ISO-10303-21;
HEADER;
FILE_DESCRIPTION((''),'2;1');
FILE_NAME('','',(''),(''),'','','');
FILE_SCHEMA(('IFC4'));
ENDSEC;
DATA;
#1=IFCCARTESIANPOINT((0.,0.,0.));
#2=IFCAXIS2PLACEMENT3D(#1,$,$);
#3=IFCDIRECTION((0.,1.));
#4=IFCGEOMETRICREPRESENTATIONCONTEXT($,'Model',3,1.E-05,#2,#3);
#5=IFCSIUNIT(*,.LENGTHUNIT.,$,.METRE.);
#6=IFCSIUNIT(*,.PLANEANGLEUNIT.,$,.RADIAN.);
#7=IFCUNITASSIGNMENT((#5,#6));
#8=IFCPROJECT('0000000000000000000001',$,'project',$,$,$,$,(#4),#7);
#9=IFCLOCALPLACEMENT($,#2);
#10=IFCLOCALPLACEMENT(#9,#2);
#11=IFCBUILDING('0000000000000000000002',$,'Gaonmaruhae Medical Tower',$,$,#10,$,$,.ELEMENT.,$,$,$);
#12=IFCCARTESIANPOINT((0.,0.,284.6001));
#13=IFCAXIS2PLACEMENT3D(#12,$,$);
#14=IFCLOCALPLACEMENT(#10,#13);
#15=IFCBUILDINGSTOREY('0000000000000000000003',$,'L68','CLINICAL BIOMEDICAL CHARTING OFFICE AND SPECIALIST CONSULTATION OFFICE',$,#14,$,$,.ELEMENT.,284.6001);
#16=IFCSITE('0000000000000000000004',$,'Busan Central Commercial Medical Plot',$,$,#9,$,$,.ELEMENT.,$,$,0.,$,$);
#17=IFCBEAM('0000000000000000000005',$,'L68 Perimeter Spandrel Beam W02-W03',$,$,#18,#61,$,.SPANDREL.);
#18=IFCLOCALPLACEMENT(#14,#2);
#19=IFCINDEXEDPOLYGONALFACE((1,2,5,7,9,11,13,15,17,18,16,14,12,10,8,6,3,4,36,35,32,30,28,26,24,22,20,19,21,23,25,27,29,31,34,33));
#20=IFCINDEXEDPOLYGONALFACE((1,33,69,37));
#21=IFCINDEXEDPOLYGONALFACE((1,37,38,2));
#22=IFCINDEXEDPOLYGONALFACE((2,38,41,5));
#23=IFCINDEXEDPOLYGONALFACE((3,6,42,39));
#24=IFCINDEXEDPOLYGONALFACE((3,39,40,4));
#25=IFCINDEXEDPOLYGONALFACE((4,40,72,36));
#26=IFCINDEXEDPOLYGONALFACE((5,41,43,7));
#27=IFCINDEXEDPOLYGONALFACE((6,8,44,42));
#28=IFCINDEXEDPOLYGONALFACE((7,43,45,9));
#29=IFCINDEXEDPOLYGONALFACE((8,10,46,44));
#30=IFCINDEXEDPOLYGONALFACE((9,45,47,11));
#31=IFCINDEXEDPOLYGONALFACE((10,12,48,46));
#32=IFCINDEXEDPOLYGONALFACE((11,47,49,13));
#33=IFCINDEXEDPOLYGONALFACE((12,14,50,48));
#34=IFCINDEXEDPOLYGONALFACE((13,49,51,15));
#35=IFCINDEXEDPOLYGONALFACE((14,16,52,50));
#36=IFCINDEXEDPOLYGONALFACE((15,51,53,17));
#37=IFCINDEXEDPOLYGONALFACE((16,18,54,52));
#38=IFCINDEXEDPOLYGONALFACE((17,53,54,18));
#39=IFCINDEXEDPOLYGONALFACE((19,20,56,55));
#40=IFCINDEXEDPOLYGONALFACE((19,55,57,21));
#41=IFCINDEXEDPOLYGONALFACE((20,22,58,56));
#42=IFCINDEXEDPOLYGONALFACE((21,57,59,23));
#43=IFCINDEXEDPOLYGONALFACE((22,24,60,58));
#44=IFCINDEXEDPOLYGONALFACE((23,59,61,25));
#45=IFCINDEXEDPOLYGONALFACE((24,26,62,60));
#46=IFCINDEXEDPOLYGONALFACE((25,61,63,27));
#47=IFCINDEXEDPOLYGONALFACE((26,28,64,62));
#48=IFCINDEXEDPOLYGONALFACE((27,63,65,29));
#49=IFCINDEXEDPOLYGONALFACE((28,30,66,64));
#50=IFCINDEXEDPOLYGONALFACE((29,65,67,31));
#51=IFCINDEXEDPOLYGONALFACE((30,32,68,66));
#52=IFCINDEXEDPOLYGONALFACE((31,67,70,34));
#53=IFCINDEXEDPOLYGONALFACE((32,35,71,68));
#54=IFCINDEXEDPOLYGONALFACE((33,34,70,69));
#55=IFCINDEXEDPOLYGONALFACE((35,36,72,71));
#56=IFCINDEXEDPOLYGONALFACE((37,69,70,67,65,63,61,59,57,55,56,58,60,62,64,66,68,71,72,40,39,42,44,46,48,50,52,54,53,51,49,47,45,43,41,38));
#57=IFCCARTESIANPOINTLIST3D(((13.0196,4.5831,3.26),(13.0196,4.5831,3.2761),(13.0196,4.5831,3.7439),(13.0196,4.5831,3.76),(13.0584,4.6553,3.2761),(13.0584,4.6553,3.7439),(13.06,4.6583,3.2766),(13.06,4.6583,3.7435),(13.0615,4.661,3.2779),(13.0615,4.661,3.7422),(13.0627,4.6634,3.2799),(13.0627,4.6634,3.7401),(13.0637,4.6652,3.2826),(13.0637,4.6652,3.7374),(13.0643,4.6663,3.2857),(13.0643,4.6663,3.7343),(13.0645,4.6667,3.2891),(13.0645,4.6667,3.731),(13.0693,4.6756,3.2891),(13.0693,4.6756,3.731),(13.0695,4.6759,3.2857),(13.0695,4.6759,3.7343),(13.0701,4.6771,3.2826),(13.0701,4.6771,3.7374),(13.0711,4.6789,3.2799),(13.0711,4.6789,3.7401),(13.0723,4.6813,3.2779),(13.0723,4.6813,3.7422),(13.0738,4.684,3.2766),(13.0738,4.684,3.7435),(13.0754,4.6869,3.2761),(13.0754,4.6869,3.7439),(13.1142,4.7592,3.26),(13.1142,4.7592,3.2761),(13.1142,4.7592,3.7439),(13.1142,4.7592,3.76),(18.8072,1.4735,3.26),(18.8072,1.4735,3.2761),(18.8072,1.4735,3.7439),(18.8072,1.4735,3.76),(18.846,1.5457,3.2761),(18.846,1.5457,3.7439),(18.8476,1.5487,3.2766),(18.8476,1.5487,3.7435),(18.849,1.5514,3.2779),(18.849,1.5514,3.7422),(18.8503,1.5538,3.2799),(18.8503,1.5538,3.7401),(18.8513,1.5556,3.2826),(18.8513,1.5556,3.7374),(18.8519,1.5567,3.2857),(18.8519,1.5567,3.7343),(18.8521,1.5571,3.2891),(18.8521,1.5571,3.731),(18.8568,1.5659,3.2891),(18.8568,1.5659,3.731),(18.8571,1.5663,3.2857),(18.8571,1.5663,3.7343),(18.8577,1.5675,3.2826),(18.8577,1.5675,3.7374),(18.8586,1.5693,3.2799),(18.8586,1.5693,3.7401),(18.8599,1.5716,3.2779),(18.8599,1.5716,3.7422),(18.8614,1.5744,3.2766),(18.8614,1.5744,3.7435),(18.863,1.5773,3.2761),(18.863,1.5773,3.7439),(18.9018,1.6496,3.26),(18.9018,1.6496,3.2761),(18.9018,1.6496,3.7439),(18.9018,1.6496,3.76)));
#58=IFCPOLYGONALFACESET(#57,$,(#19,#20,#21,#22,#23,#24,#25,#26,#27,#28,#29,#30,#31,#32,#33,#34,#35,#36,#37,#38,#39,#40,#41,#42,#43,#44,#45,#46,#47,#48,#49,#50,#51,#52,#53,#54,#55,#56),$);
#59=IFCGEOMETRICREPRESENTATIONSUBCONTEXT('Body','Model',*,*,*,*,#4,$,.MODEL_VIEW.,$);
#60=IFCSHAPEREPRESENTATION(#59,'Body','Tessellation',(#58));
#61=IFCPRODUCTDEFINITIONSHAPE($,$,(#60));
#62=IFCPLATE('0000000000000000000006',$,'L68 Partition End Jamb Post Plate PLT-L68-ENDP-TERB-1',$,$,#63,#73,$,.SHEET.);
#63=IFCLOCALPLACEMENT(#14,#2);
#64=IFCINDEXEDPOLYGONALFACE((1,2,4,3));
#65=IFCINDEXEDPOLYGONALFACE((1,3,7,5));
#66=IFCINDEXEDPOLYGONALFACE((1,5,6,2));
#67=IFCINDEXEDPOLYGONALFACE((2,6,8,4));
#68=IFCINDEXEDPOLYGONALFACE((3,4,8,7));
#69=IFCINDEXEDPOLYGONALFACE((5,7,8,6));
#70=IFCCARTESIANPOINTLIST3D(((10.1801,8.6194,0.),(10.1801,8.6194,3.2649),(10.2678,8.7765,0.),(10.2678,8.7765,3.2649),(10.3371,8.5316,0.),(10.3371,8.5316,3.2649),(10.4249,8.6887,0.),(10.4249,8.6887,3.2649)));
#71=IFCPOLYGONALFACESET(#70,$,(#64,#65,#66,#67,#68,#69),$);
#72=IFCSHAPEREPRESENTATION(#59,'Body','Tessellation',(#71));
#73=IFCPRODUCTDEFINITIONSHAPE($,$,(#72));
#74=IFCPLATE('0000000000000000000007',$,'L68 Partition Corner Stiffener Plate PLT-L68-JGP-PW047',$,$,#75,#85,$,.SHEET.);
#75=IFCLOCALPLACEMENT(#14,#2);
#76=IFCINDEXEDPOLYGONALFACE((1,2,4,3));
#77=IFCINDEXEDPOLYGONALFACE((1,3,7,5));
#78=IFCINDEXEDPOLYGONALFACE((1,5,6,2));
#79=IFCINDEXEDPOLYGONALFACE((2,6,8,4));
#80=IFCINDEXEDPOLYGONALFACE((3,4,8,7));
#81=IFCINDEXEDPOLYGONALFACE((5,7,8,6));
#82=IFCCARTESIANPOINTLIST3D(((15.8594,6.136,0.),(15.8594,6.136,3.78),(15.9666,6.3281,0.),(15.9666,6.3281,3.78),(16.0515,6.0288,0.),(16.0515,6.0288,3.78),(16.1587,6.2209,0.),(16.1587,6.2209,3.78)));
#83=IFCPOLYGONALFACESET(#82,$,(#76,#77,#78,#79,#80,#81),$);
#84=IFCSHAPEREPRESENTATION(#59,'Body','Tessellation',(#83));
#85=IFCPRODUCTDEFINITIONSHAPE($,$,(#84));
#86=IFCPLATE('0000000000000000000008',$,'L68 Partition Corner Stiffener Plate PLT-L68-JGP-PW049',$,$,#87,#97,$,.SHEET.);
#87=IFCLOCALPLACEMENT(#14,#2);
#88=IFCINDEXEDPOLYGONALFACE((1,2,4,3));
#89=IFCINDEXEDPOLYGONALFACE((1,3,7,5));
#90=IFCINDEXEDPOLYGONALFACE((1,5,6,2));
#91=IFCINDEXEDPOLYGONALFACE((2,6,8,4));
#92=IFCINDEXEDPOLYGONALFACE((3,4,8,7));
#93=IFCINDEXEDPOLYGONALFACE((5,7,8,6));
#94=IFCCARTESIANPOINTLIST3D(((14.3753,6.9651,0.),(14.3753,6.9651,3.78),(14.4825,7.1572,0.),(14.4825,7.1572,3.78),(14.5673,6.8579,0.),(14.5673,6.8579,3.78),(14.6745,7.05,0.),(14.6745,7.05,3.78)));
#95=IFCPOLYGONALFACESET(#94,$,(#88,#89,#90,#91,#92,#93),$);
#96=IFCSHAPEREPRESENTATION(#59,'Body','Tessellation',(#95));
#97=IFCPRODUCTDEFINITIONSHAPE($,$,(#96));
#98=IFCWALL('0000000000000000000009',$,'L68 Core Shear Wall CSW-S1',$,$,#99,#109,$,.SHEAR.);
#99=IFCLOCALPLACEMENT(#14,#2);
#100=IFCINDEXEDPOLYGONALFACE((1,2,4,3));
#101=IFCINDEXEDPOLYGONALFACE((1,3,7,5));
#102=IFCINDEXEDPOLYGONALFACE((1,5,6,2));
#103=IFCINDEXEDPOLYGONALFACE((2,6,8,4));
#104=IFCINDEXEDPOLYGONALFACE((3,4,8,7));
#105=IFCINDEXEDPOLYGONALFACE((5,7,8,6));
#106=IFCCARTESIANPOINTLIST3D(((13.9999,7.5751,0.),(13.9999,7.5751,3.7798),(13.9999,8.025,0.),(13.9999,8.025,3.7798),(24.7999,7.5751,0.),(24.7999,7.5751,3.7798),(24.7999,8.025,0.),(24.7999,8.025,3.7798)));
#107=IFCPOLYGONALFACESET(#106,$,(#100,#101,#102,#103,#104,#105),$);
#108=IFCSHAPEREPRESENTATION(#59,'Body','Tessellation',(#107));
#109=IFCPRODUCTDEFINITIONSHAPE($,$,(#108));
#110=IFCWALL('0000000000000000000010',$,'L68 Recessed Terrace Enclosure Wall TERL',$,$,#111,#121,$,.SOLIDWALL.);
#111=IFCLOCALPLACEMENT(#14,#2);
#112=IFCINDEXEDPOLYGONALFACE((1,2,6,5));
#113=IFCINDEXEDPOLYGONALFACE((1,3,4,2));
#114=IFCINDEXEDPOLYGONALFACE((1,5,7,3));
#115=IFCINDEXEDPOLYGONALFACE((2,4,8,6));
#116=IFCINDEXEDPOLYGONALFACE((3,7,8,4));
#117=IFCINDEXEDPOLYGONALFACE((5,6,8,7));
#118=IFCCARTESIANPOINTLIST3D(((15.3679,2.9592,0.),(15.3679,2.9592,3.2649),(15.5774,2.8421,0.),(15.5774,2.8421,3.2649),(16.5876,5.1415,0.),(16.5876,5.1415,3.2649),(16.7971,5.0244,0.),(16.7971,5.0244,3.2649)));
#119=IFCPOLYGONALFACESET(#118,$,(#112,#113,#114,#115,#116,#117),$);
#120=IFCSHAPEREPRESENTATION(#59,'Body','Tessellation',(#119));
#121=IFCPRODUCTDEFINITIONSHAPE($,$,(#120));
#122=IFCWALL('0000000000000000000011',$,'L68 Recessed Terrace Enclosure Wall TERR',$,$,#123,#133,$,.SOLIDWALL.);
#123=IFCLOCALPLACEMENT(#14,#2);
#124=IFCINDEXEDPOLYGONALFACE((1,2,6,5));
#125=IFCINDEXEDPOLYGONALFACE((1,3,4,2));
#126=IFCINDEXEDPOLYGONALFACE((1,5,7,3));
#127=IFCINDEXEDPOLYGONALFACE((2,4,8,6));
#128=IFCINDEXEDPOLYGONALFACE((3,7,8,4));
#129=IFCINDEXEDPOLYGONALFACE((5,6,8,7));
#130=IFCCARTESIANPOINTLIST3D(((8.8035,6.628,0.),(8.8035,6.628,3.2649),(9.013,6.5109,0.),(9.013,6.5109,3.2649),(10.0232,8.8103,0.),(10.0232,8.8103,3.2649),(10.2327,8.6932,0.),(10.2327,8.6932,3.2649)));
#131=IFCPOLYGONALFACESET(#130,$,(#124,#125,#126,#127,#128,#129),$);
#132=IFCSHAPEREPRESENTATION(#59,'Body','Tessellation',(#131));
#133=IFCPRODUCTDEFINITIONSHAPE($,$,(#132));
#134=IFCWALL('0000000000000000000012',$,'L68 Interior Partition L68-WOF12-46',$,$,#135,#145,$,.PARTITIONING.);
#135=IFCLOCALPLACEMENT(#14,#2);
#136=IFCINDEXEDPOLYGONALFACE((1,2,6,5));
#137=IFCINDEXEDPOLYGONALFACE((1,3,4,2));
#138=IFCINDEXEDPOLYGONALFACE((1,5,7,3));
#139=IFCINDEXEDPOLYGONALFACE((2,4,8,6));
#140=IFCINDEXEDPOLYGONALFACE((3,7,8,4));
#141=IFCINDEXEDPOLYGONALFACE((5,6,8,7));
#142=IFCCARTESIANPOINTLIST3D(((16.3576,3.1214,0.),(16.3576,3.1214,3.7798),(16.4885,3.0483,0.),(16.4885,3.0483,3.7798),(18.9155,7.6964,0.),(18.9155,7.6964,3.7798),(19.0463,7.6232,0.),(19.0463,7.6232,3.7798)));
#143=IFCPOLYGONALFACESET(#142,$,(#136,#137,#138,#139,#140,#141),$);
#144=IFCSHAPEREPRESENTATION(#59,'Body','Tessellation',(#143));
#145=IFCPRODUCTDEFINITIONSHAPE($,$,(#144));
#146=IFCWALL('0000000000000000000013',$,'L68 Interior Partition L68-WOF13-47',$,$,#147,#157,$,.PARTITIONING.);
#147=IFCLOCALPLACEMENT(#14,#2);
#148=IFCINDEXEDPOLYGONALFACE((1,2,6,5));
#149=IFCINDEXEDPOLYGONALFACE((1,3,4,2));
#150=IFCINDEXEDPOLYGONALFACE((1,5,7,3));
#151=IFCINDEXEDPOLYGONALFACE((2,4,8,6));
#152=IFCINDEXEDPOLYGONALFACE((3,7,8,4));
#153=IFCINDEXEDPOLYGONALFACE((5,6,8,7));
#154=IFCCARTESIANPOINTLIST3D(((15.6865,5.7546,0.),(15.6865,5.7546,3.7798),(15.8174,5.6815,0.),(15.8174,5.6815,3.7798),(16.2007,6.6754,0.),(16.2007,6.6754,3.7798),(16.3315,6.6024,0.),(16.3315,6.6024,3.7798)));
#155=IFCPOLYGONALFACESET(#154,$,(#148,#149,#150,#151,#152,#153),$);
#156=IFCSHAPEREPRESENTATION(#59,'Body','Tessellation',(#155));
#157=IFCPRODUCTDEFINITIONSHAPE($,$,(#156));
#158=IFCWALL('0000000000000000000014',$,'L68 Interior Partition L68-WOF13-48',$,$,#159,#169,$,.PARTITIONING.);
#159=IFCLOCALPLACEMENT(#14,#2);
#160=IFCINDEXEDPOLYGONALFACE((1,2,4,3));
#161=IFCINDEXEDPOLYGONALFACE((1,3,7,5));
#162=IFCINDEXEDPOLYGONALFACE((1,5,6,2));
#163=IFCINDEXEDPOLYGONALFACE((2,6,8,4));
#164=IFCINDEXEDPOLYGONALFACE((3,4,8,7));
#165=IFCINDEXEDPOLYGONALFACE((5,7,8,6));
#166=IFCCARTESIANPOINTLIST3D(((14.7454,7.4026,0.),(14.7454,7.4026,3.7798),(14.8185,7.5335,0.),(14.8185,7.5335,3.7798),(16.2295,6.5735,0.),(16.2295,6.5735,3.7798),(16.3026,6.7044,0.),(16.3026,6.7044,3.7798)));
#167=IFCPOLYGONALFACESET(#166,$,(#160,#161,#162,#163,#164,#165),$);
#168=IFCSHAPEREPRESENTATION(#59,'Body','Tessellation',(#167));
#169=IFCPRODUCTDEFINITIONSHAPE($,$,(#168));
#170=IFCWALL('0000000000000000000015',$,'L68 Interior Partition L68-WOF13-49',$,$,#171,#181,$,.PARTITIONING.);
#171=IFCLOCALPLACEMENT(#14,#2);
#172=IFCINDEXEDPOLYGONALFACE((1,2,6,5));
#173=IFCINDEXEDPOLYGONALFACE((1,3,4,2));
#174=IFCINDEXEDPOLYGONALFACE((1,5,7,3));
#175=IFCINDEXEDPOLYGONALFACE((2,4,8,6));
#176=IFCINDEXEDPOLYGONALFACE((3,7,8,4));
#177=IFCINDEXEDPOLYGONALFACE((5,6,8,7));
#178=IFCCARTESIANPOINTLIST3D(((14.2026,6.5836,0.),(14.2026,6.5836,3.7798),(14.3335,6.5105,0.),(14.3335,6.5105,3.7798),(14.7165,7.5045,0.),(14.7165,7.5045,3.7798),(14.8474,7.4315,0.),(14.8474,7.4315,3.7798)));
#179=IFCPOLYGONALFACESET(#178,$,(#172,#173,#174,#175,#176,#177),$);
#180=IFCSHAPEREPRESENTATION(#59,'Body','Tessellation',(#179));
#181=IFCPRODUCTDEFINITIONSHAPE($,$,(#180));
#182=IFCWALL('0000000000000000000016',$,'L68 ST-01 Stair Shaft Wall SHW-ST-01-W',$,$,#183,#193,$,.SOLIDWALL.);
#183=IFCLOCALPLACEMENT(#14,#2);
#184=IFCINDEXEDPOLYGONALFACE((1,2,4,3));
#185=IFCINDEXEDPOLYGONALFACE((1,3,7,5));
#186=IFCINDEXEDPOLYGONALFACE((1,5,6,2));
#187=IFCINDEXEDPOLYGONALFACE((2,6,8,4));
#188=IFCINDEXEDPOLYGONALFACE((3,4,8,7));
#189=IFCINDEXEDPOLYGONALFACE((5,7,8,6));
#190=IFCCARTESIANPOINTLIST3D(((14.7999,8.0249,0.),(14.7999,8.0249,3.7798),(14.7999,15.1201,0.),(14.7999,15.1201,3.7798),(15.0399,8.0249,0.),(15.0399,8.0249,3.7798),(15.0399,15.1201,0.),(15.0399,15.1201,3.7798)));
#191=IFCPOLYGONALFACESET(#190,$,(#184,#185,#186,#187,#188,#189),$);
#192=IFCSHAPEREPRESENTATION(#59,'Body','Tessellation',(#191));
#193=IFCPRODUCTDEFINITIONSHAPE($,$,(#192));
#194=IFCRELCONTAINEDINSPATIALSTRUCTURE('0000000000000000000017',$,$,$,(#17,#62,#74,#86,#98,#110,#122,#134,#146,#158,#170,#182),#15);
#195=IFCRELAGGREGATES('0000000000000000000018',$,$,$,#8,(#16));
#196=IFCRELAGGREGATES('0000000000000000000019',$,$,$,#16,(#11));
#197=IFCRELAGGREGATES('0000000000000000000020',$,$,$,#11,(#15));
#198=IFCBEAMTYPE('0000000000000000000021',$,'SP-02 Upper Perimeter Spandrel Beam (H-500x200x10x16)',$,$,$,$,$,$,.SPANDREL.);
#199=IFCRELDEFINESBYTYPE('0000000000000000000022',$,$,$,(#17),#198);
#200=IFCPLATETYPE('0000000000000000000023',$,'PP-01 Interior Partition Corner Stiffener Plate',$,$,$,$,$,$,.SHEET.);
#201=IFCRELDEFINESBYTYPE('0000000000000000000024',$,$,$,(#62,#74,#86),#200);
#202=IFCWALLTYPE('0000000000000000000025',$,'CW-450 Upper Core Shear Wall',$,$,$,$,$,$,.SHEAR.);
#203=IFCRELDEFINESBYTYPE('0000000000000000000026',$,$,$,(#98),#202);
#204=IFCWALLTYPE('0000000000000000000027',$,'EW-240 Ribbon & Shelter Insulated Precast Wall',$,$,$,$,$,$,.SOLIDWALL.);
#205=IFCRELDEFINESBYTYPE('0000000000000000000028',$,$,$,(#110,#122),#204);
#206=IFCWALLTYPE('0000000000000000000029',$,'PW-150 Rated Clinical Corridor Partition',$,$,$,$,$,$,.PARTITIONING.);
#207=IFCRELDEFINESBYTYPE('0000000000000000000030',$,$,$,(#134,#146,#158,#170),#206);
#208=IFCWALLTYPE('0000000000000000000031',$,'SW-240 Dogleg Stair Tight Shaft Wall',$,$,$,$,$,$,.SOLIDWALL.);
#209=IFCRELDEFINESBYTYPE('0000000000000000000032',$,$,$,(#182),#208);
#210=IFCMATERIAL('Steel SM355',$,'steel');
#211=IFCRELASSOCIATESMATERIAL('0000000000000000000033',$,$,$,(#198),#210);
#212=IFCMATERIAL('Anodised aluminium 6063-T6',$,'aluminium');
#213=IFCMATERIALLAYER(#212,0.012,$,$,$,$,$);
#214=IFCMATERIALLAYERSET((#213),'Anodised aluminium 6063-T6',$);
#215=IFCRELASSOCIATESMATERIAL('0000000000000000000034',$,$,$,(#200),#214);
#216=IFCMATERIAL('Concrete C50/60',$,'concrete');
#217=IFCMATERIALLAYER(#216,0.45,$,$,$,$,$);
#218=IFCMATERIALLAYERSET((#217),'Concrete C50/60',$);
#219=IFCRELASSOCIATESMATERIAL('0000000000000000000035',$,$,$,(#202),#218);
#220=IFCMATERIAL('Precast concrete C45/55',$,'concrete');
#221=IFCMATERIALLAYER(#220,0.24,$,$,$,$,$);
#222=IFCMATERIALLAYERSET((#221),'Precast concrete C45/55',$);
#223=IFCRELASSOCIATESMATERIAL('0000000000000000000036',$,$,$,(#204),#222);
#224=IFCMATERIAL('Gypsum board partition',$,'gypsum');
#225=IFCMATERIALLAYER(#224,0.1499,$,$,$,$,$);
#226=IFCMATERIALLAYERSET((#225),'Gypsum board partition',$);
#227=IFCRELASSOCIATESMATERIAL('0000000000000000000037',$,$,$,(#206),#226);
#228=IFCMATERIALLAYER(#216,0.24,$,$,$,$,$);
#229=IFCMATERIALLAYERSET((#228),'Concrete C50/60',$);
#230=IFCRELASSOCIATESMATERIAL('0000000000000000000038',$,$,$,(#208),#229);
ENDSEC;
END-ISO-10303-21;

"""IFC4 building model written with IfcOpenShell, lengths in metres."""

from ifc_helpers import new_model, si_unit, direction, frame, frame_2d, origin, origin_2d, place, context, subcontext, project, spatial, rectangle, i_section, extrude, material, layer, layer_set, material_profile, profile_set, type_object, element, save


model = new_model("IFC4")

# Units and contexts
model_context = context("Model", 3, precision=1e-05, world=origin(), true_north=direction((0.0, 1.0)))
body_context = subcontext(model_context, "Body", "Model", "MODEL_VIEW")
ifc_project = project(units=[si_unit("LENGTHUNIT", "METRE"), si_unit("PLANEANGLEUNIT", "RADIAN")], contexts=[model_context])

# Site, building, storey
site_placement = place(None, origin())
site = spatial("IfcSite", under=ifc_project, at=site_placement, Name="Busan Central Commercial Medical Plot", CompositionType="ELEMENT", RefElevation=0.0)
building_placement = place(site_placement, origin())
building = spatial("IfcBuilding", under=site, at=building_placement, Name="Gaonmaruhae Medical Tower", CompositionType="ELEMENT")
storey_placement = place(building_placement, frame((0.0, 0.0, 284.6001)))
storey = spatial("IfcBuildingStorey", under=building, at=storey_placement, Name="L68", Description="CLINICAL BIOMEDICAL CHARTING OFFICE AND SPECIALIST CONSULTATION OFFICE", CompositionType="ELEMENT", Elevation=284.6001)

# Shared definitions
ifc_material_1 = material(Name="Concrete C50/60", Category="concrete")

# Beam
ifc_material_2 = material(Name="Steel SM355", Category="steel")
ifc_material_profile_1 = material_profile(ifc_material_2, i_section(OverallWidth=0.2, OverallDepth=0.5, WebThickness=0.01, FlangeThickness=0.0161, FilletRadius=0.0129, at=origin_2d()), Name="H-500x200x10x16")
ifc_profile_set_1 = profile_set([ifc_material_profile_1], Name="Steel SM355")
beam_type_1 = type_object("IfcBeamType", Name="SP-02 Upper Perimeter Spandrel Beam (H-500x200x10x16)", PredefinedType="SPANDREL", material=ifc_profile_set_1)
beam_1_placement = place(storey_placement, frame((13.0669, 4.6711, 3.51), z_axis=(0.880901, -0.4733, 0.0), x_axis=(0.4733, 0.880901, 0.0)))
element("IfcBeam", 1, at=beam_1_placement, inside=storey, type_object=beam_type_1, Name="L68 Perimeter Spandrel Beam W02-W03", PredefinedType="SPANDREL", context=body_context, shape_type="SweptSolid", body=[
    extrude(i_section(OverallWidth=0.2, OverallDepth=0.5, WebThickness=0.01, FlangeThickness=0.0161, FilletRadius=0.0129, at=origin_2d()), origin(), (0.0, 0.0, 1.0), 6.5701),
])

# Plates
ifc_material_3 = material(Name="Anodised aluminium 6063-T6", Category="aluminium")
ifc_layer_1 = layer(ifc_material_3, 0.012)
ifc_layer_set_1 = layer_set([ifc_layer_1], Name="Anodised aluminium 6063-T6")
plate_type = type_object("IfcPlateType", Name="PP-01 Interior Partition Corner Stiffener Plate", PredefinedType="SHEET", material=ifc_layer_set_1)
plate_placement = place(storey_placement, frame((10.3025, 8.6541, 0.0), z_axis=(0.0, 0.0, 1.0), x_axis=(-0.872922, 0.48786, 0.0)))
element("IfcPlate", 2, at=plate_placement, inside=storey, type_object=plate_type, Name="L68 Partition End Jamb Post Plate PLT-L68-ENDP-TERB-1", PredefinedType="SHEET", context=body_context, shape_type="SweptSolid", body=[
    extrude(rectangle(XDim=0.1799, YDim=0.1799, at=origin_2d()), origin(), (0.0, 0.0, 1.0), 3.2649),
])
for number, where, z_axis, x_axis, name in (
    (3, (16.009, 6.1785, 0.0), (0.0, 0.0, 1.0), (0.487326, 0.87322, 0.0), "L68 Partition Corner Stiffener Plate PLT-L68-JGP-PW047"),
    (4, (14.5249, 7.0076, 0.0), (0.0, 0.0, 1.0), (-0.487326, -0.87322, 0.0), "L68 Partition Corner Stiffener Plate PLT-L68-JGP-PW049"),
):
    element("IfcPlate", number, at=place(storey_placement, frame(where, z_axis=z_axis, x_axis=x_axis)), inside=storey, type_object=plate_type, Name=name, PredefinedType="SHEET", context=body_context, shape_type="SweptSolid", body=[
        extrude(rectangle(XDim=0.22, YDim=0.22, at=origin_2d()), origin(), (0.0, 0.0, 1.0), 3.78),
    ])

# Wall
ifc_layer_2 = layer(ifc_material_1, 0.45)
ifc_layer_set_2 = layer_set([ifc_layer_2], Name="Concrete C50/60")
wall_type_1 = type_object("IfcWallType", Name="CW-450 Upper Core Shear Wall", PredefinedType="SHEAR", material=ifc_layer_set_2)
wall_1_placement = place(storey_placement, frame((14.0, 7.8, 0.0), z_axis=(0.0, 0.0, 1.0), x_axis=(1.0, 0.0, 0.0)))
element("IfcWall", 5, at=wall_1_placement, inside=storey, type_object=wall_type_1, Name="L68 Core Shear Wall CSW-S1", PredefinedType="SHEAR", context=body_context, shape_type="SweptSolid", body=[
    extrude(rectangle(XDim=10.8, YDim=0.45, at=frame_2d((5.3999, 0.0))), origin(), (0.0, 0.0, 1.0), 3.7798),
])

# Shared definitions
ifc_material_4 = material(Name="Precast concrete C45/55", Category="concrete")
ifc_layer_3 = layer(ifc_material_4, 0.24)
ifc_layer_set_3 = layer_set([ifc_layer_3], Name="Precast concrete C45/55")
wall_type_2 = type_object("IfcWallType", Name="EW-240 Ribbon & Shelter Insulated Precast Wall", PredefinedType="SOLIDWALL", material=ifc_layer_set_3)

# Walls
for number, where, z_axis, x_axis, name in (
    (6, (15.4727, 2.9006, 0.0), (0.0, 0.0, 1.0), (0.487872, 0.872915, 0.0), "L68 Recessed Terrace Enclosure Wall TERL"),
    (7, (10.1279, 8.7517, 0.0), (0.0, 0.0, 1.0), (-0.487872, -0.872915, 0.0), "L68 Recessed Terrace Enclosure Wall TERR"),
):
    element("IfcWall", number, at=place(storey_placement, frame(where, z_axis=z_axis, x_axis=x_axis)), inside=storey, type_object=wall_type_2, Name=name, PredefinedType="SOLIDWALL", context=body_context, shape_type="SweptSolid", body=[
        extrude(rectangle(XDim=2.5, YDim=0.24, at=frame_2d((1.25, 0.0))), origin(), (0.0, 0.0, 1.0), 3.2649),
    ])
ifc_material_5 = material(Name="Gypsum board partition", Category="gypsum")
ifc_layer_4 = layer(ifc_material_5, 0.1499)
ifc_layer_set_4 = layer_set([ifc_layer_4], Name="Gypsum board partition")
wall_type_3 = type_object("IfcWallType", Name="PW-150 Rated Clinical Corridor Partition", PredefinedType="PARTITIONING", material=ifc_layer_set_4)
wall_2_placement = place(storey_placement, frame((16.4231, 3.085, 0.0), z_axis=(0.0, 0.0, 1.0), x_axis=(0.488006, 0.87284, 0.0)))
element("IfcWall", 8, at=wall_2_placement, inside=storey, type_object=wall_type_3, Name="L68 Interior Partition L68-WOF12-46", PredefinedType="PARTITIONING", context=body_context, shape_type="SweptSolid", body=[
    extrude(rectangle(XDim=5.2415, YDim=0.1499, at=frame_2d((2.6206, 0.0))), origin(), (0.0, 0.0, 1.0), 3.7798),
])
wall_3_placement = place(storey_placement, frame((15.752, 5.718, 0.0), z_axis=(0.0, 0.0, 1.0), x_axis=(0.487489, 0.873129, 0.0)))
element("IfcWall", 9, at=wall_3_placement, inside=storey, type_object=wall_type_3, Name="L68 Interior Partition L68-WOF13-47", PredefinedType="PARTITIONING", context=body_context, shape_type="SweptSolid", body=[
    extrude(rectangle(XDim=1.0547, YDim=0.1499, at=frame_2d((0.5273, 0.0))), origin(), (0.0, 0.0, 1.0), 3.7798),
])
wall_4_placement = place(storey_placement, frame((16.2661, 6.6389, 0.0), z_axis=(0.0, 0.0, 1.0), x_axis=(-0.87301, 0.487702, 0.0)))
element("IfcWall", 10, at=wall_4_placement, inside=storey, type_object=wall_type_3, Name="L68 Interior Partition L68-WOF13-48", PredefinedType="PARTITIONING", context=body_context, shape_type="SweptSolid", body=[
    extrude(rectangle(XDim=1.7, YDim=0.1499, at=frame_2d((0.8501, 0.0))), origin(), (0.0, 0.0, 1.0), 3.7798),
])
wall_5_placement = place(storey_placement, frame((14.782, 7.468, 0.0), z_axis=(0.0, 0.0, 1.0), x_axis=(-0.487313, -0.873227, 0.0)))
element("IfcWall", 11, at=wall_5_placement, inside=storey, type_object=wall_type_3, Name="L68 Interior Partition L68-WOF13-49", PredefinedType="PARTITIONING", context=body_context, shape_type="SweptSolid", body=[
    extrude(rectangle(XDim=1.0547, YDim=0.1499, at=frame_2d((0.5273, 0.0))), origin(), (0.0, 0.0, 1.0), 3.7798),
])
ifc_layer_5 = layer(ifc_material_1, 0.24)
ifc_layer_set_5 = layer_set([ifc_layer_5], Name="Concrete C50/60")
wall_type_4 = type_object("IfcWallType", Name="SW-240 Dogleg Stair Tight Shaft Wall", PredefinedType="SOLIDWALL", material=ifc_layer_set_5)
wall_6_placement = place(storey_placement, frame((14.9199, 8.0249, 0.0), z_axis=(0.0, 0.0, 1.0), x_axis=(0.0, 1.0, 0.0)))
element("IfcWall", 12, at=wall_6_placement, inside=storey, type_object=wall_type_4, Name="L68 ST-01 Stair Shaft Wall SHW-ST-01-W", PredefinedType="SOLIDWALL", context=body_context, shape_type="SweptSolid", body=[
    extrude(rectangle(XDim=7.0952, YDim=0.24, at=frame_2d((3.5476, 0.0))), origin(), (0.0, 0.0, 1.0), 3.7798),
])

save(model, "model.ifc")
